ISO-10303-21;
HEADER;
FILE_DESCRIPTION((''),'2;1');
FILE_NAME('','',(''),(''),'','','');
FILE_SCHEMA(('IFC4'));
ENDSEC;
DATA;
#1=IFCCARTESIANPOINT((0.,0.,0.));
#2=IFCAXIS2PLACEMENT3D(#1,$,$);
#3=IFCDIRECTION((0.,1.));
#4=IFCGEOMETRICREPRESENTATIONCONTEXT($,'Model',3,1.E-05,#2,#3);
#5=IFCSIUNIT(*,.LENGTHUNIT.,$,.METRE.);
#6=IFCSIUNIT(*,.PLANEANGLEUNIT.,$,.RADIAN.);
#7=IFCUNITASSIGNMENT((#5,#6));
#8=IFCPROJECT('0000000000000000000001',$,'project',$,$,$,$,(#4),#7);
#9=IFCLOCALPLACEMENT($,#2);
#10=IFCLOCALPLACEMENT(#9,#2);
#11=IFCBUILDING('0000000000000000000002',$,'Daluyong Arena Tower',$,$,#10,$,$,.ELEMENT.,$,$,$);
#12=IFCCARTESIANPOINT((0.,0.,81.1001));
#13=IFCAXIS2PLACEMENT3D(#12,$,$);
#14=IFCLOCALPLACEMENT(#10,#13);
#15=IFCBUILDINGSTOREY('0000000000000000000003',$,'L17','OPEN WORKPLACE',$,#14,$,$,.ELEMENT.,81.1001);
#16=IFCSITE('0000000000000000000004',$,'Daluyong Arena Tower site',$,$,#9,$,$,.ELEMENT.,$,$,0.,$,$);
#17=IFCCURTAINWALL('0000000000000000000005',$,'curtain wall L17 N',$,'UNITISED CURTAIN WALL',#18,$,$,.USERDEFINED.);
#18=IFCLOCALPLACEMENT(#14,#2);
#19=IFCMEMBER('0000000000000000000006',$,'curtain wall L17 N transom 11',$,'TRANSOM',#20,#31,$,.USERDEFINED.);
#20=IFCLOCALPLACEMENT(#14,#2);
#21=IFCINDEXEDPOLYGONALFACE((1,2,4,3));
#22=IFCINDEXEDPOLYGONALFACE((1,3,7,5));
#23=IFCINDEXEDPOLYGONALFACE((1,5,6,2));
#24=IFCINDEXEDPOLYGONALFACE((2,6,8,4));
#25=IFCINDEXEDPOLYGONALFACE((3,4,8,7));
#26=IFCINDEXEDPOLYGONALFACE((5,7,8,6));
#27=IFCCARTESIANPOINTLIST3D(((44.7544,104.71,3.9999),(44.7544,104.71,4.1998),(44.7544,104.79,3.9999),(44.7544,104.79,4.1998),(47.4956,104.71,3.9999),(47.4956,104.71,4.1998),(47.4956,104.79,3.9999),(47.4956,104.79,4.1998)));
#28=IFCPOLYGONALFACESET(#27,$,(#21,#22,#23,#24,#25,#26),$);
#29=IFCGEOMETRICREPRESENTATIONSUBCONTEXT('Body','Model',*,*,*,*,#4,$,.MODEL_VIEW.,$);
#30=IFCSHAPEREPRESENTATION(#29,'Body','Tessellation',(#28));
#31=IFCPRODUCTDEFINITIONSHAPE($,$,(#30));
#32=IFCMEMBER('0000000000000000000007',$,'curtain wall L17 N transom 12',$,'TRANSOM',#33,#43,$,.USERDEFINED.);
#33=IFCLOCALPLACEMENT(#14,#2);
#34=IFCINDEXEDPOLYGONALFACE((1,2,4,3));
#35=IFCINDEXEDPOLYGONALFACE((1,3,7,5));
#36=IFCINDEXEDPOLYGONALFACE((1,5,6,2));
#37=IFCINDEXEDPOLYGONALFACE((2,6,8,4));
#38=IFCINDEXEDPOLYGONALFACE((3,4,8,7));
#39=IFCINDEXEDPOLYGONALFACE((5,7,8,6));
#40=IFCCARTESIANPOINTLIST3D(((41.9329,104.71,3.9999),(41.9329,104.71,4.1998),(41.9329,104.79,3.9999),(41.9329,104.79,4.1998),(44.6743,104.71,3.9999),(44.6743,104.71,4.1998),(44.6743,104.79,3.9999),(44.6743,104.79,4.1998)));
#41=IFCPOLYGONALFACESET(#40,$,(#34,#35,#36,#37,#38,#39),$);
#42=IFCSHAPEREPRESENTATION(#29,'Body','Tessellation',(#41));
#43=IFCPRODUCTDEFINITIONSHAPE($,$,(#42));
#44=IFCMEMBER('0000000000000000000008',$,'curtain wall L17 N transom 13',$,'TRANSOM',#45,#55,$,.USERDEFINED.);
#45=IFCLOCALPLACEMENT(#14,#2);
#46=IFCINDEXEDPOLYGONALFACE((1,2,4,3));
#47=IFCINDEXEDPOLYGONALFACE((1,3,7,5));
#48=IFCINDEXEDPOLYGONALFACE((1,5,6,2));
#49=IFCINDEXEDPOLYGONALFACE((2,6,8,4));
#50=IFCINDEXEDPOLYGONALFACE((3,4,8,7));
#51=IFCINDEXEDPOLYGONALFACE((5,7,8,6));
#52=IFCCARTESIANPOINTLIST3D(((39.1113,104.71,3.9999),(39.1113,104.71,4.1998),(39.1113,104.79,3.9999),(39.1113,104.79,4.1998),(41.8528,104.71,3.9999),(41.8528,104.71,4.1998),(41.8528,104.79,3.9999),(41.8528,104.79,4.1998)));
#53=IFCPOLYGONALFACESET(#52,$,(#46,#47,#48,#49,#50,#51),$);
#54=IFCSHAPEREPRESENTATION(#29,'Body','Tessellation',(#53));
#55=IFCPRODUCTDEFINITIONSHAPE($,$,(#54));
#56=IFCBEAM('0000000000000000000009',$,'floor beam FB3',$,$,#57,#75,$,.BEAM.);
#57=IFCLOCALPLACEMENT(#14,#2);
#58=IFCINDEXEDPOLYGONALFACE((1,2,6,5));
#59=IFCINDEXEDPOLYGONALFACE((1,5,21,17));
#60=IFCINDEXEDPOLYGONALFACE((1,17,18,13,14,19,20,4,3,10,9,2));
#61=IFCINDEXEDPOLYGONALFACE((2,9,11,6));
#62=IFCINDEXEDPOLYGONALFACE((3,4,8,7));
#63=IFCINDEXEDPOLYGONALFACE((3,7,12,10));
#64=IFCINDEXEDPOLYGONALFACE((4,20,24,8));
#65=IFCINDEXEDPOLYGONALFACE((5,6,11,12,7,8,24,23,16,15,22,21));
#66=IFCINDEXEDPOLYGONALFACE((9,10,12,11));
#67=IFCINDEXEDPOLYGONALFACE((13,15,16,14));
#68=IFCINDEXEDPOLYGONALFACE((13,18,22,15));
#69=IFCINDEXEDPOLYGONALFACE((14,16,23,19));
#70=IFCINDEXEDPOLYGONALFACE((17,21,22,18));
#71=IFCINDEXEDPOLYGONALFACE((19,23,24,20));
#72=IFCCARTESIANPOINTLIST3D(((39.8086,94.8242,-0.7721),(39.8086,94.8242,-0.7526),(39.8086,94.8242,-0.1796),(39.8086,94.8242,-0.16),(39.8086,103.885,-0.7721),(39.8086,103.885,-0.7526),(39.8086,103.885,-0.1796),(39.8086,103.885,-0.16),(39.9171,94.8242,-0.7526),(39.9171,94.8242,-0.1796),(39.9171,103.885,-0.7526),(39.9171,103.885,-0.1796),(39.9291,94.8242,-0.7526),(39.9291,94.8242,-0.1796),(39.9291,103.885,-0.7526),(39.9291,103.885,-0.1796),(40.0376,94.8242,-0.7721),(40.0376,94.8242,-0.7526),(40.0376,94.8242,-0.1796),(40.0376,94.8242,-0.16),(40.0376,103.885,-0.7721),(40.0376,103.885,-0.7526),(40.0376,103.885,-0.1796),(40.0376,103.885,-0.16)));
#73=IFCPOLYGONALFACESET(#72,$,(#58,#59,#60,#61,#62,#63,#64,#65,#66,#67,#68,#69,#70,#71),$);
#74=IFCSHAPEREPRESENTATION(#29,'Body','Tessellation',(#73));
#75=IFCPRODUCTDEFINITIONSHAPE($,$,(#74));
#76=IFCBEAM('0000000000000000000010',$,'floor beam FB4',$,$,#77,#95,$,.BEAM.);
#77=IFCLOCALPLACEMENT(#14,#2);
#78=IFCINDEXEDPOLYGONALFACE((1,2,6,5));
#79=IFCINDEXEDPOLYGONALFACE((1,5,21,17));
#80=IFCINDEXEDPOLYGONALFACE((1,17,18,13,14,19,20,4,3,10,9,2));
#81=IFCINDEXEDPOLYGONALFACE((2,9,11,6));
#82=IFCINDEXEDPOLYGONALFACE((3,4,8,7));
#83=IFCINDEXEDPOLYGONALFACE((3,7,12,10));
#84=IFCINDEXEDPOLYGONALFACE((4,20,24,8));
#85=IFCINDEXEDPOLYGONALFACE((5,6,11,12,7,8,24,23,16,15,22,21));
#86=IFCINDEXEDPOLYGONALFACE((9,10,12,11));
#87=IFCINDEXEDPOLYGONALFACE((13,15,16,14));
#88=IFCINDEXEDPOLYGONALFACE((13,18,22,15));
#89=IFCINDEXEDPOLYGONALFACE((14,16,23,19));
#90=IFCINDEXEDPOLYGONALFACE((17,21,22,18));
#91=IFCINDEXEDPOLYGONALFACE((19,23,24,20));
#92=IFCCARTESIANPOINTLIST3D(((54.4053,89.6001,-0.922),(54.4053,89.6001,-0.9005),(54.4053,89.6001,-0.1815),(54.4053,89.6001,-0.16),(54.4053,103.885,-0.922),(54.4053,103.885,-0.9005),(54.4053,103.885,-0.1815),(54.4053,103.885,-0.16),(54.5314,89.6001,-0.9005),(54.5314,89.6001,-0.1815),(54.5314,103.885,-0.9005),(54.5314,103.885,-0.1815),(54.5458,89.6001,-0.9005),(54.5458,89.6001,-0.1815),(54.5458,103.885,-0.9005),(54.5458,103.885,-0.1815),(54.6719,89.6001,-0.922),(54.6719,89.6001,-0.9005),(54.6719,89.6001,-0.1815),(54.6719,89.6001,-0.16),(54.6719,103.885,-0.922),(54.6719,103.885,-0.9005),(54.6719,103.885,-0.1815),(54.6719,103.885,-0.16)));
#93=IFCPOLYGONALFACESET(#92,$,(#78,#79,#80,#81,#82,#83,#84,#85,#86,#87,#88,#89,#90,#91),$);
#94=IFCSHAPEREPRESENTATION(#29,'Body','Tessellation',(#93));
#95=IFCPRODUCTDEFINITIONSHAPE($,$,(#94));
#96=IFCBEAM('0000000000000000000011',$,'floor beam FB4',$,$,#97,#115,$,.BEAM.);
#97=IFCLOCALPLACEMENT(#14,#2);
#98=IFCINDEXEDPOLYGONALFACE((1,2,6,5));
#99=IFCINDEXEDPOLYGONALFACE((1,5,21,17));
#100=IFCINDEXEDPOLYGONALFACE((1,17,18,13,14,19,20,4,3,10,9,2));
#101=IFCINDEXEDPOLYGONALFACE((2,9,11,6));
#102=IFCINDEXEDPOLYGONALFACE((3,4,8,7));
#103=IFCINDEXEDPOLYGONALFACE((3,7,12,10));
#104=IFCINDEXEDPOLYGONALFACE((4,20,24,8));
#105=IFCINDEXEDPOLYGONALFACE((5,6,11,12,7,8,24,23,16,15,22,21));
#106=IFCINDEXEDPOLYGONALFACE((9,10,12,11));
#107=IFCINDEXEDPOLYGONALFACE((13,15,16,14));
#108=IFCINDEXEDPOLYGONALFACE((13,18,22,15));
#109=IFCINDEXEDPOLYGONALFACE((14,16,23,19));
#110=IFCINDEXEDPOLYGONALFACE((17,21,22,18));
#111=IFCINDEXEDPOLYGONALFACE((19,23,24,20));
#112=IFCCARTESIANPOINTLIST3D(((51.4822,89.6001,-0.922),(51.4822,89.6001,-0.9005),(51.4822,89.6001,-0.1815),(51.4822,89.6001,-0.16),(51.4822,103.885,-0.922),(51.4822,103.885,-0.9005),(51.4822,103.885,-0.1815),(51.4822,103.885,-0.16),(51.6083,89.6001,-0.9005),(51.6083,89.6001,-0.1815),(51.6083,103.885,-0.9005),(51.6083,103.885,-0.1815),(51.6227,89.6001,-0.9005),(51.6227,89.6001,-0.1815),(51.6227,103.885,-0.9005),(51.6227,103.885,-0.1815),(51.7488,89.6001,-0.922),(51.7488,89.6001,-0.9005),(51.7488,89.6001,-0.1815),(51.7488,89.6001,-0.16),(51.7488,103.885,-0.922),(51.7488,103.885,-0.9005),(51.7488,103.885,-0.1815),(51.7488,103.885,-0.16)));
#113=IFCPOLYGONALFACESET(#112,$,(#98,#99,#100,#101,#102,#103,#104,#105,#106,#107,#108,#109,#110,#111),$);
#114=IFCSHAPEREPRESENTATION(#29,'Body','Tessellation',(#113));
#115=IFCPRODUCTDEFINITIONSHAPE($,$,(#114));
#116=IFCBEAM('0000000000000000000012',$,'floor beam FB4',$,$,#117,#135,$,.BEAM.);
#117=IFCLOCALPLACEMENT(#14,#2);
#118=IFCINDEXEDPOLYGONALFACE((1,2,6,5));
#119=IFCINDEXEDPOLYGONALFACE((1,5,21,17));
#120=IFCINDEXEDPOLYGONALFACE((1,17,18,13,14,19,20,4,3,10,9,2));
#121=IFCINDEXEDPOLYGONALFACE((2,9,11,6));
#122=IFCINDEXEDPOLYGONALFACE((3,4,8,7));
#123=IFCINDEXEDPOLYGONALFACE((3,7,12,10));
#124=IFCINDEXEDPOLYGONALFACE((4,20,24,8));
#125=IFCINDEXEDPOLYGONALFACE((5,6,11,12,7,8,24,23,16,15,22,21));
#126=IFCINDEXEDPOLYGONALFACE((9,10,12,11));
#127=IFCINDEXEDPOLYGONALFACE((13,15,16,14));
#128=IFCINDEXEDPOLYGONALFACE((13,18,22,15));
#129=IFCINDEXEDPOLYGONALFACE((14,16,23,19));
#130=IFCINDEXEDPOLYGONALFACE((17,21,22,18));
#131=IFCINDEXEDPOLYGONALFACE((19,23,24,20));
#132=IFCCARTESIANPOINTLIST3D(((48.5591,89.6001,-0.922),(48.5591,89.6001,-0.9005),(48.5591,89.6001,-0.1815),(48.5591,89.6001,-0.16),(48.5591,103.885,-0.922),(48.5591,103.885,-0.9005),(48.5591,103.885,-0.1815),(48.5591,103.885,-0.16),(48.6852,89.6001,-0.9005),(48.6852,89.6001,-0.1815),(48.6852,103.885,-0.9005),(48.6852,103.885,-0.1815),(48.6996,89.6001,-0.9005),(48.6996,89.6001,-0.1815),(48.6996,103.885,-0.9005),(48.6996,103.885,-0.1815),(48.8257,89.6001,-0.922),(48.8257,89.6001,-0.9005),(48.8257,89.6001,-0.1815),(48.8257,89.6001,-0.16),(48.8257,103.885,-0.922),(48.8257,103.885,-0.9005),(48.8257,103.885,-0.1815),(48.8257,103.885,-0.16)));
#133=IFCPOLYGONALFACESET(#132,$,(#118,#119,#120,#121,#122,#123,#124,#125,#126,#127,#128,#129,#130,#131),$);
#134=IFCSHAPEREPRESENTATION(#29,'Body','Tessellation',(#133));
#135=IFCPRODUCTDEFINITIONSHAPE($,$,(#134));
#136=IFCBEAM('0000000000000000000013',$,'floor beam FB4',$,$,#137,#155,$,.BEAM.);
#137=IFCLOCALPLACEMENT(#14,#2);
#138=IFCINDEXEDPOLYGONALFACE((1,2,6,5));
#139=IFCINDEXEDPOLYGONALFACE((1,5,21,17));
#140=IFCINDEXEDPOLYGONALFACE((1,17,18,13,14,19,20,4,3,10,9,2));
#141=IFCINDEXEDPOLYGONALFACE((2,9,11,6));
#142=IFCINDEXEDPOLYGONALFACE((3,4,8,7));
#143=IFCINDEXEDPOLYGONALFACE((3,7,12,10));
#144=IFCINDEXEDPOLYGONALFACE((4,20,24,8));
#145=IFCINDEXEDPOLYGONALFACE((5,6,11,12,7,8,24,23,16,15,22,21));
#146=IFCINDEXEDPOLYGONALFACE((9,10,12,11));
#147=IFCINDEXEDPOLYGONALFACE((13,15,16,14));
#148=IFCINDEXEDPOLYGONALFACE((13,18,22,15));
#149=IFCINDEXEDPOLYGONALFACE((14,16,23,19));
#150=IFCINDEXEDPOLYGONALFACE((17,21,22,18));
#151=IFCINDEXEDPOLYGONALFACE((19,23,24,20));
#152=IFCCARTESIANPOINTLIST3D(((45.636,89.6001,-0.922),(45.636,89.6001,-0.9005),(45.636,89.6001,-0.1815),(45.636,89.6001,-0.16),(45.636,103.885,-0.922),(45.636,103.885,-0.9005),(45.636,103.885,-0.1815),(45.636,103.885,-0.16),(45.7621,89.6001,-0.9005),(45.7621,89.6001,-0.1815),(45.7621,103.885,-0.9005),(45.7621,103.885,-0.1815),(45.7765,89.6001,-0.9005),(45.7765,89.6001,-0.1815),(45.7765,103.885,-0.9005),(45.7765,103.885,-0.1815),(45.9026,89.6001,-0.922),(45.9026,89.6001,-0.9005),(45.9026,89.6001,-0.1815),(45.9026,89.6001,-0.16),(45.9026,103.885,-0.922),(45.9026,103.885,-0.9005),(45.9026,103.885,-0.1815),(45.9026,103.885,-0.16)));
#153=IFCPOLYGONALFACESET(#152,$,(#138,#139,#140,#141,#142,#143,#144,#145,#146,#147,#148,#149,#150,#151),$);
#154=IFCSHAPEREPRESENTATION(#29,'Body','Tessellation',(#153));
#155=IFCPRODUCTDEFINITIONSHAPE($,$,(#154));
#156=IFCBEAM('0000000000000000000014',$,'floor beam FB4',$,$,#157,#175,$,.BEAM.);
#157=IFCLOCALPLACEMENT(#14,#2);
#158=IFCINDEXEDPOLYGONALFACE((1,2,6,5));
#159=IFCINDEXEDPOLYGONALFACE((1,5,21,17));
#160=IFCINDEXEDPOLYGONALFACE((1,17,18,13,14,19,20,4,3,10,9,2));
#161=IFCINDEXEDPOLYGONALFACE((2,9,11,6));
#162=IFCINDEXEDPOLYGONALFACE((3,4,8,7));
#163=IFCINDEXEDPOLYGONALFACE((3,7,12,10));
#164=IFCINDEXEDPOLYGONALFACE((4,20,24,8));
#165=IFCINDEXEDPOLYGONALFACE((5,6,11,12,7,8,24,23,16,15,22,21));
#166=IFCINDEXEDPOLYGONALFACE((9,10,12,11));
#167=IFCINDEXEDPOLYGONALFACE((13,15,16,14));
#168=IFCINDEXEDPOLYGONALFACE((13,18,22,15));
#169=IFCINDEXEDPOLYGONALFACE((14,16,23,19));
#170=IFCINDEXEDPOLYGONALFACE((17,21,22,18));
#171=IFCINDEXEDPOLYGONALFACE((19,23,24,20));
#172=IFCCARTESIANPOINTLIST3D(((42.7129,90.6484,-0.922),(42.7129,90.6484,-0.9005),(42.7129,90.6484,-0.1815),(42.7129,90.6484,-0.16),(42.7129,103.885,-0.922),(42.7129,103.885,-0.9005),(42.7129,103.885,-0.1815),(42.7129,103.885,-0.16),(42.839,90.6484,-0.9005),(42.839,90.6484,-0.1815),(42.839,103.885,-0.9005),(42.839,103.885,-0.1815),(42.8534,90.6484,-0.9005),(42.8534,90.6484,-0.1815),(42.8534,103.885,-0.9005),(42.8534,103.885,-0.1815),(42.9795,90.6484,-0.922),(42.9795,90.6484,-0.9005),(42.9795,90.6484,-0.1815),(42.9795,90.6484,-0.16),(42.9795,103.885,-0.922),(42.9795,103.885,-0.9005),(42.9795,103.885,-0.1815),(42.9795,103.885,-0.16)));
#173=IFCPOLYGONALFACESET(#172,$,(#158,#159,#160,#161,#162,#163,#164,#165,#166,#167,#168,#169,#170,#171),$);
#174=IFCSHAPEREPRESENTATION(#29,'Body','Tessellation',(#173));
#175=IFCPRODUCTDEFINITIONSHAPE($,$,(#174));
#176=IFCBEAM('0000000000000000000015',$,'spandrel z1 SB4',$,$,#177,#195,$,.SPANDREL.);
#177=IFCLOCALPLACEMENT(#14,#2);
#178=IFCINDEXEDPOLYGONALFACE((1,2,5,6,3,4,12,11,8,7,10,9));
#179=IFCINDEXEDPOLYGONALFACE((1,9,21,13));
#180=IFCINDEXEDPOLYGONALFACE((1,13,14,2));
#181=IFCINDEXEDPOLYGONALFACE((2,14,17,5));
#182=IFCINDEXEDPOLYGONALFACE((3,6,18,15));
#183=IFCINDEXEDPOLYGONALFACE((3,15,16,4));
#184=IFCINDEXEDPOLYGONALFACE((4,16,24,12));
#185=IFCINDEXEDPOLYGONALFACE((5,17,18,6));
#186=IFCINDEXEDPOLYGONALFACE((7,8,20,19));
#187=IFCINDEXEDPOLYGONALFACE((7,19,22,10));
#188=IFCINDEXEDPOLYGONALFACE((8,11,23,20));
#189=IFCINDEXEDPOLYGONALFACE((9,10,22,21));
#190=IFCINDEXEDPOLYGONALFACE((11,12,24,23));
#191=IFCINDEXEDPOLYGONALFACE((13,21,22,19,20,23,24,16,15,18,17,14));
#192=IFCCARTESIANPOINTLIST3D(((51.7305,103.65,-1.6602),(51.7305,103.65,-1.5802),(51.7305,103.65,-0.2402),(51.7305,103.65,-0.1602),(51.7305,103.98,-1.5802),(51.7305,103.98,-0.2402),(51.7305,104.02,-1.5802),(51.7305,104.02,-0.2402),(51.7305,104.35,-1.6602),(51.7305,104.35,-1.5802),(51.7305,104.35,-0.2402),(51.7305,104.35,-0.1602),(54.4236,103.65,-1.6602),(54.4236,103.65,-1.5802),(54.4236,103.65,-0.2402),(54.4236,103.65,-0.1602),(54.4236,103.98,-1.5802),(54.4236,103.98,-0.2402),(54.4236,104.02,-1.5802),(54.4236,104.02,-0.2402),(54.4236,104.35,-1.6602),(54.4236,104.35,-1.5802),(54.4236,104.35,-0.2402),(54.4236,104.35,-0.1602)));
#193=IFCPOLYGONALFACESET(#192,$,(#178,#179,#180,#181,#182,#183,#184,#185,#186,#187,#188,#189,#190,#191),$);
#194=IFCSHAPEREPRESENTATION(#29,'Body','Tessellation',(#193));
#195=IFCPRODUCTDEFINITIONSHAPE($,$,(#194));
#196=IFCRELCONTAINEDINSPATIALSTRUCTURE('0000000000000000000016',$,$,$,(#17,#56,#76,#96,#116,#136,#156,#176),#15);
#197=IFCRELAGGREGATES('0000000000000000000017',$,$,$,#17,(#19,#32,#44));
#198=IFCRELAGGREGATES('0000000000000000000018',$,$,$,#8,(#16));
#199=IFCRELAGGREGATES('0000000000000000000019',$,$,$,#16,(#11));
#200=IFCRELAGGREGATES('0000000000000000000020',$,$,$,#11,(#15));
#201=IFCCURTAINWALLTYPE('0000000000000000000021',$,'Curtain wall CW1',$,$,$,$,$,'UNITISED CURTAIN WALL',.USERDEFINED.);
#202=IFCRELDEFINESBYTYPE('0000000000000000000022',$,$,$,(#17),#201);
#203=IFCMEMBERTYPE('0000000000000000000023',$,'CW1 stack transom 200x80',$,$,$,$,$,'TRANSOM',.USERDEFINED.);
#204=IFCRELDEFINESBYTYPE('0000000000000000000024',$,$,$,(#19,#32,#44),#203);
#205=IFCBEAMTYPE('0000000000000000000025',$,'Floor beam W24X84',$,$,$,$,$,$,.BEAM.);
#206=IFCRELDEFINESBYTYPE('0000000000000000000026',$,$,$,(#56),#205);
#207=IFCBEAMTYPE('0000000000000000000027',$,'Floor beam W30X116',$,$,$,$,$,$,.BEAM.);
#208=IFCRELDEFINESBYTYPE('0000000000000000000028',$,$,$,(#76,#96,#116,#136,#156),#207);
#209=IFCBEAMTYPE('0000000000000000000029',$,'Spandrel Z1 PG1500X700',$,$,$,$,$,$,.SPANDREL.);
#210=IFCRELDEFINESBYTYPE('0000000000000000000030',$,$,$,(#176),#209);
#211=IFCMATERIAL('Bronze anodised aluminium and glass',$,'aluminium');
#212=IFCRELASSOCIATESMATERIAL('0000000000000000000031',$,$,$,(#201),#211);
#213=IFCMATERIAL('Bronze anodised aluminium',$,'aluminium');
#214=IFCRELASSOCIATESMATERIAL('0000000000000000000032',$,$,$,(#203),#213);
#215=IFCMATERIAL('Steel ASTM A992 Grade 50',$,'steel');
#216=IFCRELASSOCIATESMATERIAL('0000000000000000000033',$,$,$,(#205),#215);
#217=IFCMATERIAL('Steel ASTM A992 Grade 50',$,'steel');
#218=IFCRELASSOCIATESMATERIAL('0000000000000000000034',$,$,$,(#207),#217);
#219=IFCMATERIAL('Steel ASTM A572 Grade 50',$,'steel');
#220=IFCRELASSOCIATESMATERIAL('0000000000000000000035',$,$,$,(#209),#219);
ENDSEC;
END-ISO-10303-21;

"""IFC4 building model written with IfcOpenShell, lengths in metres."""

from ifc_helpers import new_model, si_unit, direction, frame, origin, origin_2d, place, context, subcontext, project, spatial, rectangle, i_section, extrude, material, material_profile, profile_set, type_object, element, aggregate, save


model = new_model("IFC4")

# Units and contexts
model_context = context("Model", 3, precision=1e-05, world=origin(), true_north=direction((0.0, 1.0)))
body_context = subcontext(model_context, "Body", "Model", "MODEL_VIEW")
ifc_project = project(units=[si_unit("LENGTHUNIT", "METRE"), si_unit("PLANEANGLEUNIT", "RADIAN")], contexts=[model_context])

# Site, building, storey
site_placement = place(None, origin())
site = spatial("IfcSite", under=ifc_project, at=site_placement, Name="Daluyong Arena Tower site", CompositionType="ELEMENT", RefElevation=0.0)
building_placement = place(site_placement, origin())
building = spatial("IfcBuilding", under=site, at=building_placement, Name="Daluyong Arena Tower", CompositionType="ELEMENT")
storey_placement = place(building_placement, frame((0.0, 0.0, 81.1001)))
storey = spatial("IfcBuildingStorey", under=building, at=storey_placement, Name="L17", Description="OPEN WORKPLACE", CompositionType="ELEMENT", Elevation=81.1001)

# Curtain wall, members
ifc_material_1 = material(Name="Bronze anodised aluminium and glass", Category="aluminium")
curtain_wall_type = type_object("IfcCurtainWallType", Name="Curtain wall CW1", ElementType="UNITISED CURTAIN WALL", PredefinedType="USERDEFINED", material=ifc_material_1)
curtain_wall_placement = place(storey_placement, origin())
curtain_wall = element("IfcCurtainWall", 1, at=curtain_wall_placement, inside=storey, type_object=curtain_wall_type, Name="curtain wall L17 N", ObjectType="UNITISED CURTAIN WALL", PredefinedType="USERDEFINED")
ifc_material_2 = material(Name="Bronze anodised aluminium", Category="aluminium")
ifc_material_profile_1 = material_profile(ifc_material_2, rectangle(XDim=0.0801, YDim=0.2, at=origin_2d()))
ifc_profile_set_1 = profile_set([ifc_material_profile_1], Name="Bronze anodised aluminium")
member_type_1 = type_object("IfcMemberType", Name="CW1 stack transom 200x80", ElementType="TRANSOM", PredefinedType="USERDEFINED", material=ifc_profile_set_1)
member_1_placement = place(storey_placement, frame((47.4956, 104.75, 4.0999), z_axis=(-1.0, 0.0, 0.0), x_axis=(0.0, -1.0, 0.0)))
member_1 = element("IfcMember", 2, at=member_1_placement, type_object=member_type_1, Name="curtain wall L17 N transom 11", ObjectType="TRANSOM", PredefinedType="USERDEFINED", context=body_context, shape_type="SweptSolid", body=[
    extrude(rectangle(XDim=0.0801, YDim=0.2, at=origin_2d()), origin(), (0.0, 0.0, 1.0), 2.7412),
])
member_2_placement = place(storey_placement, frame((44.6743, 104.75, 4.0999), z_axis=(-1.0, 0.0, 0.0), x_axis=(0.0, -1.0, 0.0)))
member_2 = element("IfcMember", 3, at=member_2_placement, type_object=member_type_1, Name="curtain wall L17 N transom 12", ObjectType="TRANSOM", PredefinedType="USERDEFINED", context=body_context, shape_type="SweptSolid", body=[
    extrude(rectangle(XDim=0.0801, YDim=0.2, at=origin_2d()), origin(), (0.0, 0.0, 1.0), 2.7415),
])
member_3_placement = place(storey_placement, frame((41.8528, 104.75, 4.0999), z_axis=(-1.0, 0.0, 0.0), x_axis=(0.0, -1.0, 0.0)))
member_3 = element("IfcMember", 4, at=member_3_placement, type_object=member_type_1, Name="curtain wall L17 N transom 13", ObjectType="TRANSOM", PredefinedType="USERDEFINED", context=body_context, shape_type="SweptSolid", body=[
    extrude(rectangle(XDim=0.0801, YDim=0.2, at=origin_2d()), origin(), (0.0, 0.0, 1.0), 2.7415),
])

# Beams
ifc_material_3 = material(Name="Steel ASTM A992 Grade 50", Category="steel")
ifc_material_profile_2 = material_profile(ifc_material_3, i_section(OverallWidth=0.229, OverallDepth=0.6121, WebThickness=0.012, FlangeThickness=0.0195, at=origin_2d()))
ifc_profile_set_2 = profile_set([ifc_material_profile_2], Name="Steel ASTM A992 Grade 50")
beam_type_1 = type_object("IfcBeamType", Name="Floor beam W24X84", PredefinedType="BEAM", material=ifc_profile_set_2)
beam_1_placement = place(storey_placement, frame((39.9231, 103.885, -0.4661), z_axis=(0.0, -1.0, 0.0), x_axis=(1.0, 0.0, 0.0)))
element("IfcBeam", 5, at=beam_1_placement, inside=storey, type_object=beam_type_1, Name="floor beam FB3", PredefinedType="BEAM", context=body_context, shape_type="SweptSolid", body=[
    extrude(i_section(OverallWidth=0.229, OverallDepth=0.6121, WebThickness=0.012, FlangeThickness=0.0195, at=origin_2d()), origin(), (0.0, 0.0, 1.0), 9.0608),
])
ifc_material_4 = material(Name="Steel ASTM A992 Grade 50", Category="steel")
ifc_material_profile_3 = material_profile(ifc_material_4, i_section(OverallWidth=0.2666, OverallDepth=0.762, WebThickness=0.0144, FlangeThickness=0.0215, at=origin_2d()))
ifc_profile_set_3 = profile_set([ifc_material_profile_3], Name="Steel ASTM A992 Grade 50")
beam_type_2 = type_object("IfcBeamType", Name="Floor beam W30X116", PredefinedType="BEAM", material=ifc_profile_set_3)
for number, where, z_axis, x_axis, name in (
    (6, (54.5386, 103.885, -0.541), (0.0, -1.0, 0.0), (1.0, 0.0, 0.0), "floor beam FB4"),
    (7, (51.6155, 103.885, -0.541), (0.0, -1.0, 0.0), (1.0, 0.0, 0.0), "floor beam FB4"),
    (8, (48.6924, 103.885, -0.541), (0.0, -1.0, 0.0), (1.0, 0.0, 0.0), "floor beam FB4"),
    (9, (45.7693, 103.885, -0.541), (0.0, -1.0, 0.0), (1.0, 0.0, 0.0), "floor beam FB4"),
):
    element("IfcBeam", number, at=place(storey_placement, frame(where, z_axis=z_axis, x_axis=x_axis)), inside=storey, type_object=beam_type_2, Name=name, PredefinedType="BEAM", context=body_context, shape_type="SweptSolid", body=[
        extrude(i_section(OverallWidth=0.2666, OverallDepth=0.762, WebThickness=0.0144, FlangeThickness=0.0215, at=origin_2d()), origin(), (0.0, 0.0, 1.0), 14.2849),
    ])
beam_2_placement = place(storey_placement, frame((42.8462, 103.885, -0.541), z_axis=(0.0, -1.0, 0.0), x_axis=(1.0, 0.0, 0.0)))
element("IfcBeam", 10, at=beam_2_placement, inside=storey, type_object=beam_type_2, Name="floor beam FB4", PredefinedType="BEAM", context=body_context, shape_type="SweptSolid", body=[
    extrude(i_section(OverallWidth=0.2666, OverallDepth=0.762, WebThickness=0.0144, FlangeThickness=0.0215, at=origin_2d()), origin(), (0.0, 0.0, 1.0), 13.2366),
])
ifc_material_5 = material(Name="Steel ASTM A572 Grade 50", Category="steel")
ifc_material_profile_4 = material_profile(ifc_material_5, i_section(OverallWidth=0.7, OverallDepth=1.5, WebThickness=0.04, FlangeThickness=0.08, at=origin_2d()))
ifc_profile_set_4 = profile_set([ifc_material_profile_4], Name="Steel ASTM A572 Grade 50")
beam_type_3 = type_object("IfcBeamType", Name="Spandrel Z1 PG1500X700", PredefinedType="SPANDREL", material=ifc_profile_set_4)
for number, where, z_axis, x_axis, name in (
    (11, (54.4236, 104.0, -0.9102), (-1.0, 0.0, 0.0), (0.0, -1.0, 0.0), "spandrel z1 SB4"),
):
    element("IfcBeam", number, at=place(storey_placement, frame(where, z_axis=z_axis, x_axis=x_axis)), inside=storey, type_object=beam_type_3, Name=name, PredefinedType="SPANDREL", context=body_context, shape_type="SweptSolid", body=[
        extrude(i_section(OverallWidth=0.7, OverallDepth=1.5, WebThickness=0.04, FlangeThickness=0.08, at=origin_2d()), origin(), (0.0, 0.0, 1.0), 2.6931),
    ])

aggregate(curtain_wall, [member_1, member_2, member_3])

save(model, "model.ifc")
